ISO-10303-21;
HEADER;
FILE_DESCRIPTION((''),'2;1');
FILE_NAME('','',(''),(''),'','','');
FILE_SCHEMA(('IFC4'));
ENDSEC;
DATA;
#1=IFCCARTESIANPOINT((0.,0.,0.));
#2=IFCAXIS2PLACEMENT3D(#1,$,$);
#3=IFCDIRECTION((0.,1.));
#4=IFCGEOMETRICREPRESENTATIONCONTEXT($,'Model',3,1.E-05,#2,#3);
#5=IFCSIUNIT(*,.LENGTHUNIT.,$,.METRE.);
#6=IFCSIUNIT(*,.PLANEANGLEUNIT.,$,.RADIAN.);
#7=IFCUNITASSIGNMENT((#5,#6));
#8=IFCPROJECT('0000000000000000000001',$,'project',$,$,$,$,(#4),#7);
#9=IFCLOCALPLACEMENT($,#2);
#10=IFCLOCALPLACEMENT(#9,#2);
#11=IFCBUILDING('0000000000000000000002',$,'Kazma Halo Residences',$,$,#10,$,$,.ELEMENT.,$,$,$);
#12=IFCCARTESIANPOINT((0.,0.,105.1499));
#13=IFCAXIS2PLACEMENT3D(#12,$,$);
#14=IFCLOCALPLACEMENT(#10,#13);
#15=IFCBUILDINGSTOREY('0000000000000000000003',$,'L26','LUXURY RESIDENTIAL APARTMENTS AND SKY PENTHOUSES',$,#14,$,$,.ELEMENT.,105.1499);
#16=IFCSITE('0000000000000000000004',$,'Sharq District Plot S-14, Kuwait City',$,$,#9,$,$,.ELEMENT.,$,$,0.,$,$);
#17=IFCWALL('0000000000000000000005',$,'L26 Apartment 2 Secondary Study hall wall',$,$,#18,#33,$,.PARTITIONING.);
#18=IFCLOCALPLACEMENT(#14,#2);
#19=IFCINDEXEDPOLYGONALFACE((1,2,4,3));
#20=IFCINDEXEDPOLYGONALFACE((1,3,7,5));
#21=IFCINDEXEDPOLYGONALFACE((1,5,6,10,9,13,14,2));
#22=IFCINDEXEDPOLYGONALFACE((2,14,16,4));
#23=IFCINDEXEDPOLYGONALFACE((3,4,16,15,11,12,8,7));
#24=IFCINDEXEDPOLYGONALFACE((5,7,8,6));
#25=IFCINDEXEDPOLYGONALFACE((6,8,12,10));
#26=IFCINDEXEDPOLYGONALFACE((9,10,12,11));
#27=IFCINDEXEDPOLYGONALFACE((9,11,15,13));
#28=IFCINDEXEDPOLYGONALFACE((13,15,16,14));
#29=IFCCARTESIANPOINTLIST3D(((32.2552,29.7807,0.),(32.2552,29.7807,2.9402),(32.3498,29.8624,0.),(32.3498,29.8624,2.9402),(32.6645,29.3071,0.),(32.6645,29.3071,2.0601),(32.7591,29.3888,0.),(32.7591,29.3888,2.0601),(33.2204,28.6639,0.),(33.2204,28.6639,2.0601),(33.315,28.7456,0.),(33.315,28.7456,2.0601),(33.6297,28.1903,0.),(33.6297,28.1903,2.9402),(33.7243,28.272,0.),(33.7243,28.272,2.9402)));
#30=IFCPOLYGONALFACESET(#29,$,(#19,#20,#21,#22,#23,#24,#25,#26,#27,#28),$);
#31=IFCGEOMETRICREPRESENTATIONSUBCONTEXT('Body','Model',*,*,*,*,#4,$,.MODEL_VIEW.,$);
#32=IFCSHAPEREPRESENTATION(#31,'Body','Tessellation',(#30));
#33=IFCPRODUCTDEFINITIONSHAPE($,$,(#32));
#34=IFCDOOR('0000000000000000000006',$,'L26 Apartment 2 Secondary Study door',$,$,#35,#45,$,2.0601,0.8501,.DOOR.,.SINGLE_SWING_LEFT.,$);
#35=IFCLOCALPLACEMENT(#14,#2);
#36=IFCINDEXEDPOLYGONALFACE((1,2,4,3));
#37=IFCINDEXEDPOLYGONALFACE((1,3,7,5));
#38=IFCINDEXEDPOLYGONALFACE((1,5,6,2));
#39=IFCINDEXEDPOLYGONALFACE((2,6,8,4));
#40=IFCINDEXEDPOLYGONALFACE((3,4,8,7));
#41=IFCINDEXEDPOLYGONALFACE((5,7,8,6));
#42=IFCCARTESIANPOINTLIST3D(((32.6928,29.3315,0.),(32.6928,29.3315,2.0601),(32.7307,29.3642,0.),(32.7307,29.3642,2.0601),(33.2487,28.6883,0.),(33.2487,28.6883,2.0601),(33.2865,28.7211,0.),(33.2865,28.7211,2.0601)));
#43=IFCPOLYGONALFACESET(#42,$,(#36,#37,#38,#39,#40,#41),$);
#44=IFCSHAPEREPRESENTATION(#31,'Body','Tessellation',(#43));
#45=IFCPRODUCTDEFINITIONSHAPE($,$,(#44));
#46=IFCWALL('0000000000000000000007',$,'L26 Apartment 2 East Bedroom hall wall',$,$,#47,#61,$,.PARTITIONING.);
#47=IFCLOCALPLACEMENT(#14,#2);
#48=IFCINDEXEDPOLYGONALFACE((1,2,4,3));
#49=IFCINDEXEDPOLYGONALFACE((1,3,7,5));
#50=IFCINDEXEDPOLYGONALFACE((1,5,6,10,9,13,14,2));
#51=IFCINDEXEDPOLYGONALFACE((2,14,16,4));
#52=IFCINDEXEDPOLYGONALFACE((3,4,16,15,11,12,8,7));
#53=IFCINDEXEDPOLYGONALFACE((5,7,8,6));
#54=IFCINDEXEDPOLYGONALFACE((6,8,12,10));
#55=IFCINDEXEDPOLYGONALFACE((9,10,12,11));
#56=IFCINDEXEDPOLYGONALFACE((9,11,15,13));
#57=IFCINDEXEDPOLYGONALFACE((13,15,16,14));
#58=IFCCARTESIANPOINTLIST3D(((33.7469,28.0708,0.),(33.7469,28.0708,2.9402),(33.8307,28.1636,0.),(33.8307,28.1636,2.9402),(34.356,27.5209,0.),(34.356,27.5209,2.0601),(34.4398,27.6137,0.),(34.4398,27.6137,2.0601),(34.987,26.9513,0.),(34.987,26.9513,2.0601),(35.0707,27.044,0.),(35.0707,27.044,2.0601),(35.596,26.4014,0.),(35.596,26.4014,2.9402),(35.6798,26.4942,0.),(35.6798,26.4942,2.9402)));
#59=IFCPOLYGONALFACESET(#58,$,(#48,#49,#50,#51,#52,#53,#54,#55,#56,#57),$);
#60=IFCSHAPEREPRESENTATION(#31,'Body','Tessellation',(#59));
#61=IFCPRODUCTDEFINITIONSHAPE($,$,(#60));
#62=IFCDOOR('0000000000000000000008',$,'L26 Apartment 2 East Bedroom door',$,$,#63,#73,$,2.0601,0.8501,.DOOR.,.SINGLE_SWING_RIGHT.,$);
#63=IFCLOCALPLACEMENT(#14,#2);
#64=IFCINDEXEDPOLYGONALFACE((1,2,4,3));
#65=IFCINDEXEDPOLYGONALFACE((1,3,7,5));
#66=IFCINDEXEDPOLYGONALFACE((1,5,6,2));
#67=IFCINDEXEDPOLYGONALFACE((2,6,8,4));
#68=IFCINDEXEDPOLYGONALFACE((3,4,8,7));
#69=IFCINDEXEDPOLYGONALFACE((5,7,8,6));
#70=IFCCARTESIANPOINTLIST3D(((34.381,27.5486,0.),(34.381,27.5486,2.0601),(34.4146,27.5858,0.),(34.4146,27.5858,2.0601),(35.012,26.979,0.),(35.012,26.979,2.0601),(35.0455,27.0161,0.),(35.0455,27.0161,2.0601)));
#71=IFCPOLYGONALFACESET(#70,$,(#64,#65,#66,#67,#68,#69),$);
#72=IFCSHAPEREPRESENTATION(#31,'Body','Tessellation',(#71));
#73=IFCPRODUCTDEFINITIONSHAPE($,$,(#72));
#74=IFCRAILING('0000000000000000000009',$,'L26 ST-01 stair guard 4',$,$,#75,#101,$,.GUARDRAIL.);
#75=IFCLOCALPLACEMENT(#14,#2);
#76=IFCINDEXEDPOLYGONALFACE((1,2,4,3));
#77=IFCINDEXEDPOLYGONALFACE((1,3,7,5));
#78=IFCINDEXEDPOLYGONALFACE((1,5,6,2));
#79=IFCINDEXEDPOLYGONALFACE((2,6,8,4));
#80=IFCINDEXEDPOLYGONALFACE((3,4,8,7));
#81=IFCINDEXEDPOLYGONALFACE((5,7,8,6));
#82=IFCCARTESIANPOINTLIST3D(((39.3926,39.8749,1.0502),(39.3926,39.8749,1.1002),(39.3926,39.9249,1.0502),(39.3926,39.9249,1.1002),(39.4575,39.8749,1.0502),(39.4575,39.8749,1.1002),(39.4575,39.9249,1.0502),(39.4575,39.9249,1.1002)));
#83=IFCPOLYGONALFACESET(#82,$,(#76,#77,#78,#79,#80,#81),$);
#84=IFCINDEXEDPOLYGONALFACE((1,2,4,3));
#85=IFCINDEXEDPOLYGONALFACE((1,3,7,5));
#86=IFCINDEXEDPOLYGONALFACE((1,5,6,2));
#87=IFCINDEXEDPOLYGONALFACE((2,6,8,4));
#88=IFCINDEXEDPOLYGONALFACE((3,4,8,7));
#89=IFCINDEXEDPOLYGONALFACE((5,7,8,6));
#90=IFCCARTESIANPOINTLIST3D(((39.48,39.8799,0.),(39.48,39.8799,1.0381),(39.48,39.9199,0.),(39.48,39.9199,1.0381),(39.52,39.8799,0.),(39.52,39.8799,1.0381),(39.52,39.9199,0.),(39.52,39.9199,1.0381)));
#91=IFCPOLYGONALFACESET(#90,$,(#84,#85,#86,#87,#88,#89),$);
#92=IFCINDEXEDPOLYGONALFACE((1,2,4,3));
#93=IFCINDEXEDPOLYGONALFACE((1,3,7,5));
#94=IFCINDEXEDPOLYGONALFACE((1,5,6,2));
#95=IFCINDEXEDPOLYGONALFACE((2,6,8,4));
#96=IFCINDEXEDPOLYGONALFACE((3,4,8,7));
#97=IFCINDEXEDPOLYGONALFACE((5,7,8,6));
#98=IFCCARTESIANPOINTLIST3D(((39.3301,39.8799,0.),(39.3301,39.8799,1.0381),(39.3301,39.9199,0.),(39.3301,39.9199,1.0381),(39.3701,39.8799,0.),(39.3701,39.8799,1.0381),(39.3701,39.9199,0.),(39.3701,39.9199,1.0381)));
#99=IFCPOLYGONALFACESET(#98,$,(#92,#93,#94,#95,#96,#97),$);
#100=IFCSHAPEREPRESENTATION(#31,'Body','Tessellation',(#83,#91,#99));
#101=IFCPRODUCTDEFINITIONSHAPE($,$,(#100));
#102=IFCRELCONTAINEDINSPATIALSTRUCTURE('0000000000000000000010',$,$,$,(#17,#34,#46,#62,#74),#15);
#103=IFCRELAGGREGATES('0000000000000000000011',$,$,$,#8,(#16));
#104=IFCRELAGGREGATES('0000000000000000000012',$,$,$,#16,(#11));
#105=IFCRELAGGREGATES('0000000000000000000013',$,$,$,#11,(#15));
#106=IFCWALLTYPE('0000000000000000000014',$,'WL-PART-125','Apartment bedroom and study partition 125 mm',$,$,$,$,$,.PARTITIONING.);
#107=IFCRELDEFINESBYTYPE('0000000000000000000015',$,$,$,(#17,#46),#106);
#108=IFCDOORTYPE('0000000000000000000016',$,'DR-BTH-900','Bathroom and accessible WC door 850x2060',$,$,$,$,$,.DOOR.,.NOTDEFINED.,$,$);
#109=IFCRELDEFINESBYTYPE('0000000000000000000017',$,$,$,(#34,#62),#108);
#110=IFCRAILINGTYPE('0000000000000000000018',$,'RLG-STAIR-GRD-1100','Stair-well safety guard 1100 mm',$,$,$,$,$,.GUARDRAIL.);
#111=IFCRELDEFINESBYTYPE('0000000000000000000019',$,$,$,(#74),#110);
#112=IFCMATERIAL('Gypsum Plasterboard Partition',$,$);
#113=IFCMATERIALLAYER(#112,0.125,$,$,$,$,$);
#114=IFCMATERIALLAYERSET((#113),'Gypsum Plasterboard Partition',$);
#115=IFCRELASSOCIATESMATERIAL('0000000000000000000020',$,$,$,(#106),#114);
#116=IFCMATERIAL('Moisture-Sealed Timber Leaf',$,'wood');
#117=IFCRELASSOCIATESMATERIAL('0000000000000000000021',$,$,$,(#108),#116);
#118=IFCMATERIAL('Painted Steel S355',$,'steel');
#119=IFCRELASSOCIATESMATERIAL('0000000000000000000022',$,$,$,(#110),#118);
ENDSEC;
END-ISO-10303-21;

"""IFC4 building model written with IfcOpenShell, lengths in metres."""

from ifc_helpers import new_model, si_unit, direction, frame, frame_2d, origin, origin_2d, place, context, subcontext, project, spatial, rectangle, extrude, material, layer, layer_set, type_object, element, fill, save


model = new_model("IFC4")

# Units and contexts
model_context = context("Model", 3, precision=1e-05, world=origin(), true_north=direction((0.0, 1.0)))
body_context = subcontext(model_context, "Body", "Model", "MODEL_VIEW")
ifc_project = project(units=[si_unit("LENGTHUNIT", "METRE"), si_unit("PLANEANGLEUNIT", "RADIAN")], contexts=[model_context])

# Site, building, storey
site_placement = place(None, origin())
site = spatial("IfcSite", under=ifc_project, at=site_placement, Name="Sharq District Plot S-14, Kuwait City", CompositionType="ELEMENT", RefElevation=0.0)
building_placement = place(site_placement, origin())
building = spatial("IfcBuilding", under=site, at=building_placement, Name="Kazma Halo Residences", CompositionType="ELEMENT")
storey_placement = place(building_placement, frame((0.0, 0.0, 105.1499)))
storey = spatial("IfcBuildingStorey", under=building, at=storey_placement, Name="L26", Description="LUXURY RESIDENTIAL APARTMENTS AND SKY PENTHOUSES", CompositionType="ELEMENT", Elevation=105.1499)

# Shared definitions
ifc_material_1 = material(Name="Gypsum Plasterboard Partition")
ifc_layer_1 = layer(ifc_material_1, 0.125)
ifc_layer_set_1 = layer_set([ifc_layer_1], Name="Gypsum Plasterboard Partition")
wall_type_1 = type_object("IfcWallType", Name="WL-PART-125", Description="Apartment bedroom and study partition 125 mm", PredefinedType="PARTITIONING", material=ifc_layer_set_1)

# Walls, openings, doors
wall_1_placement = place(storey_placement, frame((32.3025, 29.8215, 0.0), z_axis=(0.0, 0.0, 1.0), x_axis=(0.653904, -0.756577, 0.0)))
wall_1 = element("IfcWall", 1, at=wall_1_placement, inside=storey, type_object=wall_type_1, Name="L26 Apartment 2 Secondary Study hall wall", PredefinedType="PARTITIONING", context=body_context, shape_type="SweptSolid", body=[
    extrude(rectangle(XDim=2.1021, YDim=0.125, at=frame_2d((1.051, 0.0))), origin(), (0.0, 0.0, 1.0), 2.9402),
])
opening_1_placement = place(wall_1_placement, frame((0.626, 0.0, 0.0)))
opening_1 = element("IfcOpeningElement", 2, at=opening_1_placement, cuts=wall_1, PredefinedType="OPENING", context=body_context, shape_type="SweptSolid", body=[
    extrude(rectangle(XDim=0.8501, YDim=2.0601, at=frame_2d((0.425, 1.03))), frame((0.0, 0.0725, 0.0), z_axis=(0.0, -1.0, 0.0), x_axis=(1.0, 0.0, 0.0)), (0.0, 0.0, 1.0), 0.145),
])
ifc_material_2 = material(Name="Moisture-Sealed Timber Leaf", Category="wood")
door_type_1 = type_object("IfcDoorType", Name="DR-BTH-900", Description="Bathroom and accessible WC door 850x2060", OperationType="NOTDEFINED", PredefinedType="DOOR", material=ifc_material_2)
door_1_placement = place(opening_1_placement, origin())
door_1 = element("IfcDoor", 3, at=door_1_placement, inside=storey, type_object=door_type_1, Name="L26 Apartment 2 Secondary Study door", OperationType="SINGLE_SWING_LEFT", OverallHeight=2.0601, OverallWidth=0.8501, PredefinedType="DOOR", context=body_context, shape_type="SweptSolid", body=[
    extrude(rectangle(XDim=0.8501, YDim=2.0601, at=frame_2d((0.425, 1.03))), frame((0.0, 0.0249, 0.0), z_axis=(0.0, -1.0, 0.0), x_axis=(1.0, 0.0, 0.0)), (0.0, 0.0, 1.0), 0.05),
])
fill(opening_1, door_1)
wall_2_placement = place(storey_placement, frame((33.7888, 28.1172, 0.0), z_axis=(0.0, 0.0, 1.0), x_axis=(0.74225, -0.670123, 0.0)))
wall_2 = element("IfcWall", 4, at=wall_2_placement, inside=storey, type_object=wall_type_1, Name="L26 Apartment 2 East Bedroom hall wall", PredefinedType="PARTITIONING", context=body_context, shape_type="SweptSolid", body=[
    extrude(rectangle(XDim=2.4912, YDim=0.125, at=frame_2d((1.2456, 0.0))), origin(), (0.0, 0.0, 1.0), 2.9402),
])
opening_2_placement = place(wall_2_placement, frame((0.8206, 0.0, 0.0)))
opening_2 = element("IfcOpeningElement", 5, at=opening_2_placement, cuts=wall_2, PredefinedType="OPENING", context=body_context, shape_type="SweptSolid", body=[
    extrude(rectangle(XDim=0.8501, YDim=2.0601, at=frame_2d((0.425, 1.03))), frame((0.0, 0.0725, 0.0), z_axis=(0.0, -1.0, 0.0), x_axis=(1.0, 0.0, 0.0)), (0.0, 0.0, 1.0), 0.145),
])
door_2_placement = place(opening_2_placement, origin())
door_2 = element("IfcDoor", 6, at=door_2_placement, inside=storey, type_object=door_type_1, Name="L26 Apartment 2 East Bedroom door", OperationType="SINGLE_SWING_RIGHT", OverallHeight=2.0601, OverallWidth=0.8501, PredefinedType="DOOR", context=body_context, shape_type="SweptSolid", body=[
    extrude(rectangle(XDim=0.8501, YDim=2.0601, at=frame_2d((0.425, 1.03))), frame((0.0, 0.0249, 0.0), z_axis=(0.0, -1.0, 0.0), x_axis=(1.0, 0.0, 0.0)), (0.0, 0.0, 1.0), 0.05),
])
fill(opening_2, door_2)

# Railing
ifc_material_3 = material(Name="Painted Steel S355", Category="steel")
railing_type = type_object("IfcRailingType", Name="RLG-STAIR-GRD-1100", Description="Stair-well safety guard 1100 mm", PredefinedType="GUARDRAIL", material=ifc_material_3)
railing_placement = place(storey_placement, frame((39.5, 39.8999, 0.0)))
element("IfcRailing", 7, at=railing_placement, inside=storey, type_object=railing_type, Name="L26 ST-01 stair guard 4", PredefinedType="GUARDRAIL", context=body_context, shape_type="SweptSolid", body=[
    extrude(rectangle(XDim=0.05, YDim=0.05, at=origin_2d()), frame((-0.0425, 0.0, 1.0752), z_axis=(-1.0, 0.0, 0.0), x_axis=(0.0, -1.0, 0.0)), (0.0, 0.0, 1.0), 0.0649),
    extrude(rectangle(XDim=0.04, YDim=0.04, at=origin_2d()), origin(), (0.0, 0.0, 1.0), 1.0381),
    extrude(rectangle(XDim=0.04, YDim=0.04, at=origin_2d()), frame((-0.1499, 0.0, 0.0)), (0.0, 0.0, 1.0), 1.0381),
])

save(model, "model.ifc")
